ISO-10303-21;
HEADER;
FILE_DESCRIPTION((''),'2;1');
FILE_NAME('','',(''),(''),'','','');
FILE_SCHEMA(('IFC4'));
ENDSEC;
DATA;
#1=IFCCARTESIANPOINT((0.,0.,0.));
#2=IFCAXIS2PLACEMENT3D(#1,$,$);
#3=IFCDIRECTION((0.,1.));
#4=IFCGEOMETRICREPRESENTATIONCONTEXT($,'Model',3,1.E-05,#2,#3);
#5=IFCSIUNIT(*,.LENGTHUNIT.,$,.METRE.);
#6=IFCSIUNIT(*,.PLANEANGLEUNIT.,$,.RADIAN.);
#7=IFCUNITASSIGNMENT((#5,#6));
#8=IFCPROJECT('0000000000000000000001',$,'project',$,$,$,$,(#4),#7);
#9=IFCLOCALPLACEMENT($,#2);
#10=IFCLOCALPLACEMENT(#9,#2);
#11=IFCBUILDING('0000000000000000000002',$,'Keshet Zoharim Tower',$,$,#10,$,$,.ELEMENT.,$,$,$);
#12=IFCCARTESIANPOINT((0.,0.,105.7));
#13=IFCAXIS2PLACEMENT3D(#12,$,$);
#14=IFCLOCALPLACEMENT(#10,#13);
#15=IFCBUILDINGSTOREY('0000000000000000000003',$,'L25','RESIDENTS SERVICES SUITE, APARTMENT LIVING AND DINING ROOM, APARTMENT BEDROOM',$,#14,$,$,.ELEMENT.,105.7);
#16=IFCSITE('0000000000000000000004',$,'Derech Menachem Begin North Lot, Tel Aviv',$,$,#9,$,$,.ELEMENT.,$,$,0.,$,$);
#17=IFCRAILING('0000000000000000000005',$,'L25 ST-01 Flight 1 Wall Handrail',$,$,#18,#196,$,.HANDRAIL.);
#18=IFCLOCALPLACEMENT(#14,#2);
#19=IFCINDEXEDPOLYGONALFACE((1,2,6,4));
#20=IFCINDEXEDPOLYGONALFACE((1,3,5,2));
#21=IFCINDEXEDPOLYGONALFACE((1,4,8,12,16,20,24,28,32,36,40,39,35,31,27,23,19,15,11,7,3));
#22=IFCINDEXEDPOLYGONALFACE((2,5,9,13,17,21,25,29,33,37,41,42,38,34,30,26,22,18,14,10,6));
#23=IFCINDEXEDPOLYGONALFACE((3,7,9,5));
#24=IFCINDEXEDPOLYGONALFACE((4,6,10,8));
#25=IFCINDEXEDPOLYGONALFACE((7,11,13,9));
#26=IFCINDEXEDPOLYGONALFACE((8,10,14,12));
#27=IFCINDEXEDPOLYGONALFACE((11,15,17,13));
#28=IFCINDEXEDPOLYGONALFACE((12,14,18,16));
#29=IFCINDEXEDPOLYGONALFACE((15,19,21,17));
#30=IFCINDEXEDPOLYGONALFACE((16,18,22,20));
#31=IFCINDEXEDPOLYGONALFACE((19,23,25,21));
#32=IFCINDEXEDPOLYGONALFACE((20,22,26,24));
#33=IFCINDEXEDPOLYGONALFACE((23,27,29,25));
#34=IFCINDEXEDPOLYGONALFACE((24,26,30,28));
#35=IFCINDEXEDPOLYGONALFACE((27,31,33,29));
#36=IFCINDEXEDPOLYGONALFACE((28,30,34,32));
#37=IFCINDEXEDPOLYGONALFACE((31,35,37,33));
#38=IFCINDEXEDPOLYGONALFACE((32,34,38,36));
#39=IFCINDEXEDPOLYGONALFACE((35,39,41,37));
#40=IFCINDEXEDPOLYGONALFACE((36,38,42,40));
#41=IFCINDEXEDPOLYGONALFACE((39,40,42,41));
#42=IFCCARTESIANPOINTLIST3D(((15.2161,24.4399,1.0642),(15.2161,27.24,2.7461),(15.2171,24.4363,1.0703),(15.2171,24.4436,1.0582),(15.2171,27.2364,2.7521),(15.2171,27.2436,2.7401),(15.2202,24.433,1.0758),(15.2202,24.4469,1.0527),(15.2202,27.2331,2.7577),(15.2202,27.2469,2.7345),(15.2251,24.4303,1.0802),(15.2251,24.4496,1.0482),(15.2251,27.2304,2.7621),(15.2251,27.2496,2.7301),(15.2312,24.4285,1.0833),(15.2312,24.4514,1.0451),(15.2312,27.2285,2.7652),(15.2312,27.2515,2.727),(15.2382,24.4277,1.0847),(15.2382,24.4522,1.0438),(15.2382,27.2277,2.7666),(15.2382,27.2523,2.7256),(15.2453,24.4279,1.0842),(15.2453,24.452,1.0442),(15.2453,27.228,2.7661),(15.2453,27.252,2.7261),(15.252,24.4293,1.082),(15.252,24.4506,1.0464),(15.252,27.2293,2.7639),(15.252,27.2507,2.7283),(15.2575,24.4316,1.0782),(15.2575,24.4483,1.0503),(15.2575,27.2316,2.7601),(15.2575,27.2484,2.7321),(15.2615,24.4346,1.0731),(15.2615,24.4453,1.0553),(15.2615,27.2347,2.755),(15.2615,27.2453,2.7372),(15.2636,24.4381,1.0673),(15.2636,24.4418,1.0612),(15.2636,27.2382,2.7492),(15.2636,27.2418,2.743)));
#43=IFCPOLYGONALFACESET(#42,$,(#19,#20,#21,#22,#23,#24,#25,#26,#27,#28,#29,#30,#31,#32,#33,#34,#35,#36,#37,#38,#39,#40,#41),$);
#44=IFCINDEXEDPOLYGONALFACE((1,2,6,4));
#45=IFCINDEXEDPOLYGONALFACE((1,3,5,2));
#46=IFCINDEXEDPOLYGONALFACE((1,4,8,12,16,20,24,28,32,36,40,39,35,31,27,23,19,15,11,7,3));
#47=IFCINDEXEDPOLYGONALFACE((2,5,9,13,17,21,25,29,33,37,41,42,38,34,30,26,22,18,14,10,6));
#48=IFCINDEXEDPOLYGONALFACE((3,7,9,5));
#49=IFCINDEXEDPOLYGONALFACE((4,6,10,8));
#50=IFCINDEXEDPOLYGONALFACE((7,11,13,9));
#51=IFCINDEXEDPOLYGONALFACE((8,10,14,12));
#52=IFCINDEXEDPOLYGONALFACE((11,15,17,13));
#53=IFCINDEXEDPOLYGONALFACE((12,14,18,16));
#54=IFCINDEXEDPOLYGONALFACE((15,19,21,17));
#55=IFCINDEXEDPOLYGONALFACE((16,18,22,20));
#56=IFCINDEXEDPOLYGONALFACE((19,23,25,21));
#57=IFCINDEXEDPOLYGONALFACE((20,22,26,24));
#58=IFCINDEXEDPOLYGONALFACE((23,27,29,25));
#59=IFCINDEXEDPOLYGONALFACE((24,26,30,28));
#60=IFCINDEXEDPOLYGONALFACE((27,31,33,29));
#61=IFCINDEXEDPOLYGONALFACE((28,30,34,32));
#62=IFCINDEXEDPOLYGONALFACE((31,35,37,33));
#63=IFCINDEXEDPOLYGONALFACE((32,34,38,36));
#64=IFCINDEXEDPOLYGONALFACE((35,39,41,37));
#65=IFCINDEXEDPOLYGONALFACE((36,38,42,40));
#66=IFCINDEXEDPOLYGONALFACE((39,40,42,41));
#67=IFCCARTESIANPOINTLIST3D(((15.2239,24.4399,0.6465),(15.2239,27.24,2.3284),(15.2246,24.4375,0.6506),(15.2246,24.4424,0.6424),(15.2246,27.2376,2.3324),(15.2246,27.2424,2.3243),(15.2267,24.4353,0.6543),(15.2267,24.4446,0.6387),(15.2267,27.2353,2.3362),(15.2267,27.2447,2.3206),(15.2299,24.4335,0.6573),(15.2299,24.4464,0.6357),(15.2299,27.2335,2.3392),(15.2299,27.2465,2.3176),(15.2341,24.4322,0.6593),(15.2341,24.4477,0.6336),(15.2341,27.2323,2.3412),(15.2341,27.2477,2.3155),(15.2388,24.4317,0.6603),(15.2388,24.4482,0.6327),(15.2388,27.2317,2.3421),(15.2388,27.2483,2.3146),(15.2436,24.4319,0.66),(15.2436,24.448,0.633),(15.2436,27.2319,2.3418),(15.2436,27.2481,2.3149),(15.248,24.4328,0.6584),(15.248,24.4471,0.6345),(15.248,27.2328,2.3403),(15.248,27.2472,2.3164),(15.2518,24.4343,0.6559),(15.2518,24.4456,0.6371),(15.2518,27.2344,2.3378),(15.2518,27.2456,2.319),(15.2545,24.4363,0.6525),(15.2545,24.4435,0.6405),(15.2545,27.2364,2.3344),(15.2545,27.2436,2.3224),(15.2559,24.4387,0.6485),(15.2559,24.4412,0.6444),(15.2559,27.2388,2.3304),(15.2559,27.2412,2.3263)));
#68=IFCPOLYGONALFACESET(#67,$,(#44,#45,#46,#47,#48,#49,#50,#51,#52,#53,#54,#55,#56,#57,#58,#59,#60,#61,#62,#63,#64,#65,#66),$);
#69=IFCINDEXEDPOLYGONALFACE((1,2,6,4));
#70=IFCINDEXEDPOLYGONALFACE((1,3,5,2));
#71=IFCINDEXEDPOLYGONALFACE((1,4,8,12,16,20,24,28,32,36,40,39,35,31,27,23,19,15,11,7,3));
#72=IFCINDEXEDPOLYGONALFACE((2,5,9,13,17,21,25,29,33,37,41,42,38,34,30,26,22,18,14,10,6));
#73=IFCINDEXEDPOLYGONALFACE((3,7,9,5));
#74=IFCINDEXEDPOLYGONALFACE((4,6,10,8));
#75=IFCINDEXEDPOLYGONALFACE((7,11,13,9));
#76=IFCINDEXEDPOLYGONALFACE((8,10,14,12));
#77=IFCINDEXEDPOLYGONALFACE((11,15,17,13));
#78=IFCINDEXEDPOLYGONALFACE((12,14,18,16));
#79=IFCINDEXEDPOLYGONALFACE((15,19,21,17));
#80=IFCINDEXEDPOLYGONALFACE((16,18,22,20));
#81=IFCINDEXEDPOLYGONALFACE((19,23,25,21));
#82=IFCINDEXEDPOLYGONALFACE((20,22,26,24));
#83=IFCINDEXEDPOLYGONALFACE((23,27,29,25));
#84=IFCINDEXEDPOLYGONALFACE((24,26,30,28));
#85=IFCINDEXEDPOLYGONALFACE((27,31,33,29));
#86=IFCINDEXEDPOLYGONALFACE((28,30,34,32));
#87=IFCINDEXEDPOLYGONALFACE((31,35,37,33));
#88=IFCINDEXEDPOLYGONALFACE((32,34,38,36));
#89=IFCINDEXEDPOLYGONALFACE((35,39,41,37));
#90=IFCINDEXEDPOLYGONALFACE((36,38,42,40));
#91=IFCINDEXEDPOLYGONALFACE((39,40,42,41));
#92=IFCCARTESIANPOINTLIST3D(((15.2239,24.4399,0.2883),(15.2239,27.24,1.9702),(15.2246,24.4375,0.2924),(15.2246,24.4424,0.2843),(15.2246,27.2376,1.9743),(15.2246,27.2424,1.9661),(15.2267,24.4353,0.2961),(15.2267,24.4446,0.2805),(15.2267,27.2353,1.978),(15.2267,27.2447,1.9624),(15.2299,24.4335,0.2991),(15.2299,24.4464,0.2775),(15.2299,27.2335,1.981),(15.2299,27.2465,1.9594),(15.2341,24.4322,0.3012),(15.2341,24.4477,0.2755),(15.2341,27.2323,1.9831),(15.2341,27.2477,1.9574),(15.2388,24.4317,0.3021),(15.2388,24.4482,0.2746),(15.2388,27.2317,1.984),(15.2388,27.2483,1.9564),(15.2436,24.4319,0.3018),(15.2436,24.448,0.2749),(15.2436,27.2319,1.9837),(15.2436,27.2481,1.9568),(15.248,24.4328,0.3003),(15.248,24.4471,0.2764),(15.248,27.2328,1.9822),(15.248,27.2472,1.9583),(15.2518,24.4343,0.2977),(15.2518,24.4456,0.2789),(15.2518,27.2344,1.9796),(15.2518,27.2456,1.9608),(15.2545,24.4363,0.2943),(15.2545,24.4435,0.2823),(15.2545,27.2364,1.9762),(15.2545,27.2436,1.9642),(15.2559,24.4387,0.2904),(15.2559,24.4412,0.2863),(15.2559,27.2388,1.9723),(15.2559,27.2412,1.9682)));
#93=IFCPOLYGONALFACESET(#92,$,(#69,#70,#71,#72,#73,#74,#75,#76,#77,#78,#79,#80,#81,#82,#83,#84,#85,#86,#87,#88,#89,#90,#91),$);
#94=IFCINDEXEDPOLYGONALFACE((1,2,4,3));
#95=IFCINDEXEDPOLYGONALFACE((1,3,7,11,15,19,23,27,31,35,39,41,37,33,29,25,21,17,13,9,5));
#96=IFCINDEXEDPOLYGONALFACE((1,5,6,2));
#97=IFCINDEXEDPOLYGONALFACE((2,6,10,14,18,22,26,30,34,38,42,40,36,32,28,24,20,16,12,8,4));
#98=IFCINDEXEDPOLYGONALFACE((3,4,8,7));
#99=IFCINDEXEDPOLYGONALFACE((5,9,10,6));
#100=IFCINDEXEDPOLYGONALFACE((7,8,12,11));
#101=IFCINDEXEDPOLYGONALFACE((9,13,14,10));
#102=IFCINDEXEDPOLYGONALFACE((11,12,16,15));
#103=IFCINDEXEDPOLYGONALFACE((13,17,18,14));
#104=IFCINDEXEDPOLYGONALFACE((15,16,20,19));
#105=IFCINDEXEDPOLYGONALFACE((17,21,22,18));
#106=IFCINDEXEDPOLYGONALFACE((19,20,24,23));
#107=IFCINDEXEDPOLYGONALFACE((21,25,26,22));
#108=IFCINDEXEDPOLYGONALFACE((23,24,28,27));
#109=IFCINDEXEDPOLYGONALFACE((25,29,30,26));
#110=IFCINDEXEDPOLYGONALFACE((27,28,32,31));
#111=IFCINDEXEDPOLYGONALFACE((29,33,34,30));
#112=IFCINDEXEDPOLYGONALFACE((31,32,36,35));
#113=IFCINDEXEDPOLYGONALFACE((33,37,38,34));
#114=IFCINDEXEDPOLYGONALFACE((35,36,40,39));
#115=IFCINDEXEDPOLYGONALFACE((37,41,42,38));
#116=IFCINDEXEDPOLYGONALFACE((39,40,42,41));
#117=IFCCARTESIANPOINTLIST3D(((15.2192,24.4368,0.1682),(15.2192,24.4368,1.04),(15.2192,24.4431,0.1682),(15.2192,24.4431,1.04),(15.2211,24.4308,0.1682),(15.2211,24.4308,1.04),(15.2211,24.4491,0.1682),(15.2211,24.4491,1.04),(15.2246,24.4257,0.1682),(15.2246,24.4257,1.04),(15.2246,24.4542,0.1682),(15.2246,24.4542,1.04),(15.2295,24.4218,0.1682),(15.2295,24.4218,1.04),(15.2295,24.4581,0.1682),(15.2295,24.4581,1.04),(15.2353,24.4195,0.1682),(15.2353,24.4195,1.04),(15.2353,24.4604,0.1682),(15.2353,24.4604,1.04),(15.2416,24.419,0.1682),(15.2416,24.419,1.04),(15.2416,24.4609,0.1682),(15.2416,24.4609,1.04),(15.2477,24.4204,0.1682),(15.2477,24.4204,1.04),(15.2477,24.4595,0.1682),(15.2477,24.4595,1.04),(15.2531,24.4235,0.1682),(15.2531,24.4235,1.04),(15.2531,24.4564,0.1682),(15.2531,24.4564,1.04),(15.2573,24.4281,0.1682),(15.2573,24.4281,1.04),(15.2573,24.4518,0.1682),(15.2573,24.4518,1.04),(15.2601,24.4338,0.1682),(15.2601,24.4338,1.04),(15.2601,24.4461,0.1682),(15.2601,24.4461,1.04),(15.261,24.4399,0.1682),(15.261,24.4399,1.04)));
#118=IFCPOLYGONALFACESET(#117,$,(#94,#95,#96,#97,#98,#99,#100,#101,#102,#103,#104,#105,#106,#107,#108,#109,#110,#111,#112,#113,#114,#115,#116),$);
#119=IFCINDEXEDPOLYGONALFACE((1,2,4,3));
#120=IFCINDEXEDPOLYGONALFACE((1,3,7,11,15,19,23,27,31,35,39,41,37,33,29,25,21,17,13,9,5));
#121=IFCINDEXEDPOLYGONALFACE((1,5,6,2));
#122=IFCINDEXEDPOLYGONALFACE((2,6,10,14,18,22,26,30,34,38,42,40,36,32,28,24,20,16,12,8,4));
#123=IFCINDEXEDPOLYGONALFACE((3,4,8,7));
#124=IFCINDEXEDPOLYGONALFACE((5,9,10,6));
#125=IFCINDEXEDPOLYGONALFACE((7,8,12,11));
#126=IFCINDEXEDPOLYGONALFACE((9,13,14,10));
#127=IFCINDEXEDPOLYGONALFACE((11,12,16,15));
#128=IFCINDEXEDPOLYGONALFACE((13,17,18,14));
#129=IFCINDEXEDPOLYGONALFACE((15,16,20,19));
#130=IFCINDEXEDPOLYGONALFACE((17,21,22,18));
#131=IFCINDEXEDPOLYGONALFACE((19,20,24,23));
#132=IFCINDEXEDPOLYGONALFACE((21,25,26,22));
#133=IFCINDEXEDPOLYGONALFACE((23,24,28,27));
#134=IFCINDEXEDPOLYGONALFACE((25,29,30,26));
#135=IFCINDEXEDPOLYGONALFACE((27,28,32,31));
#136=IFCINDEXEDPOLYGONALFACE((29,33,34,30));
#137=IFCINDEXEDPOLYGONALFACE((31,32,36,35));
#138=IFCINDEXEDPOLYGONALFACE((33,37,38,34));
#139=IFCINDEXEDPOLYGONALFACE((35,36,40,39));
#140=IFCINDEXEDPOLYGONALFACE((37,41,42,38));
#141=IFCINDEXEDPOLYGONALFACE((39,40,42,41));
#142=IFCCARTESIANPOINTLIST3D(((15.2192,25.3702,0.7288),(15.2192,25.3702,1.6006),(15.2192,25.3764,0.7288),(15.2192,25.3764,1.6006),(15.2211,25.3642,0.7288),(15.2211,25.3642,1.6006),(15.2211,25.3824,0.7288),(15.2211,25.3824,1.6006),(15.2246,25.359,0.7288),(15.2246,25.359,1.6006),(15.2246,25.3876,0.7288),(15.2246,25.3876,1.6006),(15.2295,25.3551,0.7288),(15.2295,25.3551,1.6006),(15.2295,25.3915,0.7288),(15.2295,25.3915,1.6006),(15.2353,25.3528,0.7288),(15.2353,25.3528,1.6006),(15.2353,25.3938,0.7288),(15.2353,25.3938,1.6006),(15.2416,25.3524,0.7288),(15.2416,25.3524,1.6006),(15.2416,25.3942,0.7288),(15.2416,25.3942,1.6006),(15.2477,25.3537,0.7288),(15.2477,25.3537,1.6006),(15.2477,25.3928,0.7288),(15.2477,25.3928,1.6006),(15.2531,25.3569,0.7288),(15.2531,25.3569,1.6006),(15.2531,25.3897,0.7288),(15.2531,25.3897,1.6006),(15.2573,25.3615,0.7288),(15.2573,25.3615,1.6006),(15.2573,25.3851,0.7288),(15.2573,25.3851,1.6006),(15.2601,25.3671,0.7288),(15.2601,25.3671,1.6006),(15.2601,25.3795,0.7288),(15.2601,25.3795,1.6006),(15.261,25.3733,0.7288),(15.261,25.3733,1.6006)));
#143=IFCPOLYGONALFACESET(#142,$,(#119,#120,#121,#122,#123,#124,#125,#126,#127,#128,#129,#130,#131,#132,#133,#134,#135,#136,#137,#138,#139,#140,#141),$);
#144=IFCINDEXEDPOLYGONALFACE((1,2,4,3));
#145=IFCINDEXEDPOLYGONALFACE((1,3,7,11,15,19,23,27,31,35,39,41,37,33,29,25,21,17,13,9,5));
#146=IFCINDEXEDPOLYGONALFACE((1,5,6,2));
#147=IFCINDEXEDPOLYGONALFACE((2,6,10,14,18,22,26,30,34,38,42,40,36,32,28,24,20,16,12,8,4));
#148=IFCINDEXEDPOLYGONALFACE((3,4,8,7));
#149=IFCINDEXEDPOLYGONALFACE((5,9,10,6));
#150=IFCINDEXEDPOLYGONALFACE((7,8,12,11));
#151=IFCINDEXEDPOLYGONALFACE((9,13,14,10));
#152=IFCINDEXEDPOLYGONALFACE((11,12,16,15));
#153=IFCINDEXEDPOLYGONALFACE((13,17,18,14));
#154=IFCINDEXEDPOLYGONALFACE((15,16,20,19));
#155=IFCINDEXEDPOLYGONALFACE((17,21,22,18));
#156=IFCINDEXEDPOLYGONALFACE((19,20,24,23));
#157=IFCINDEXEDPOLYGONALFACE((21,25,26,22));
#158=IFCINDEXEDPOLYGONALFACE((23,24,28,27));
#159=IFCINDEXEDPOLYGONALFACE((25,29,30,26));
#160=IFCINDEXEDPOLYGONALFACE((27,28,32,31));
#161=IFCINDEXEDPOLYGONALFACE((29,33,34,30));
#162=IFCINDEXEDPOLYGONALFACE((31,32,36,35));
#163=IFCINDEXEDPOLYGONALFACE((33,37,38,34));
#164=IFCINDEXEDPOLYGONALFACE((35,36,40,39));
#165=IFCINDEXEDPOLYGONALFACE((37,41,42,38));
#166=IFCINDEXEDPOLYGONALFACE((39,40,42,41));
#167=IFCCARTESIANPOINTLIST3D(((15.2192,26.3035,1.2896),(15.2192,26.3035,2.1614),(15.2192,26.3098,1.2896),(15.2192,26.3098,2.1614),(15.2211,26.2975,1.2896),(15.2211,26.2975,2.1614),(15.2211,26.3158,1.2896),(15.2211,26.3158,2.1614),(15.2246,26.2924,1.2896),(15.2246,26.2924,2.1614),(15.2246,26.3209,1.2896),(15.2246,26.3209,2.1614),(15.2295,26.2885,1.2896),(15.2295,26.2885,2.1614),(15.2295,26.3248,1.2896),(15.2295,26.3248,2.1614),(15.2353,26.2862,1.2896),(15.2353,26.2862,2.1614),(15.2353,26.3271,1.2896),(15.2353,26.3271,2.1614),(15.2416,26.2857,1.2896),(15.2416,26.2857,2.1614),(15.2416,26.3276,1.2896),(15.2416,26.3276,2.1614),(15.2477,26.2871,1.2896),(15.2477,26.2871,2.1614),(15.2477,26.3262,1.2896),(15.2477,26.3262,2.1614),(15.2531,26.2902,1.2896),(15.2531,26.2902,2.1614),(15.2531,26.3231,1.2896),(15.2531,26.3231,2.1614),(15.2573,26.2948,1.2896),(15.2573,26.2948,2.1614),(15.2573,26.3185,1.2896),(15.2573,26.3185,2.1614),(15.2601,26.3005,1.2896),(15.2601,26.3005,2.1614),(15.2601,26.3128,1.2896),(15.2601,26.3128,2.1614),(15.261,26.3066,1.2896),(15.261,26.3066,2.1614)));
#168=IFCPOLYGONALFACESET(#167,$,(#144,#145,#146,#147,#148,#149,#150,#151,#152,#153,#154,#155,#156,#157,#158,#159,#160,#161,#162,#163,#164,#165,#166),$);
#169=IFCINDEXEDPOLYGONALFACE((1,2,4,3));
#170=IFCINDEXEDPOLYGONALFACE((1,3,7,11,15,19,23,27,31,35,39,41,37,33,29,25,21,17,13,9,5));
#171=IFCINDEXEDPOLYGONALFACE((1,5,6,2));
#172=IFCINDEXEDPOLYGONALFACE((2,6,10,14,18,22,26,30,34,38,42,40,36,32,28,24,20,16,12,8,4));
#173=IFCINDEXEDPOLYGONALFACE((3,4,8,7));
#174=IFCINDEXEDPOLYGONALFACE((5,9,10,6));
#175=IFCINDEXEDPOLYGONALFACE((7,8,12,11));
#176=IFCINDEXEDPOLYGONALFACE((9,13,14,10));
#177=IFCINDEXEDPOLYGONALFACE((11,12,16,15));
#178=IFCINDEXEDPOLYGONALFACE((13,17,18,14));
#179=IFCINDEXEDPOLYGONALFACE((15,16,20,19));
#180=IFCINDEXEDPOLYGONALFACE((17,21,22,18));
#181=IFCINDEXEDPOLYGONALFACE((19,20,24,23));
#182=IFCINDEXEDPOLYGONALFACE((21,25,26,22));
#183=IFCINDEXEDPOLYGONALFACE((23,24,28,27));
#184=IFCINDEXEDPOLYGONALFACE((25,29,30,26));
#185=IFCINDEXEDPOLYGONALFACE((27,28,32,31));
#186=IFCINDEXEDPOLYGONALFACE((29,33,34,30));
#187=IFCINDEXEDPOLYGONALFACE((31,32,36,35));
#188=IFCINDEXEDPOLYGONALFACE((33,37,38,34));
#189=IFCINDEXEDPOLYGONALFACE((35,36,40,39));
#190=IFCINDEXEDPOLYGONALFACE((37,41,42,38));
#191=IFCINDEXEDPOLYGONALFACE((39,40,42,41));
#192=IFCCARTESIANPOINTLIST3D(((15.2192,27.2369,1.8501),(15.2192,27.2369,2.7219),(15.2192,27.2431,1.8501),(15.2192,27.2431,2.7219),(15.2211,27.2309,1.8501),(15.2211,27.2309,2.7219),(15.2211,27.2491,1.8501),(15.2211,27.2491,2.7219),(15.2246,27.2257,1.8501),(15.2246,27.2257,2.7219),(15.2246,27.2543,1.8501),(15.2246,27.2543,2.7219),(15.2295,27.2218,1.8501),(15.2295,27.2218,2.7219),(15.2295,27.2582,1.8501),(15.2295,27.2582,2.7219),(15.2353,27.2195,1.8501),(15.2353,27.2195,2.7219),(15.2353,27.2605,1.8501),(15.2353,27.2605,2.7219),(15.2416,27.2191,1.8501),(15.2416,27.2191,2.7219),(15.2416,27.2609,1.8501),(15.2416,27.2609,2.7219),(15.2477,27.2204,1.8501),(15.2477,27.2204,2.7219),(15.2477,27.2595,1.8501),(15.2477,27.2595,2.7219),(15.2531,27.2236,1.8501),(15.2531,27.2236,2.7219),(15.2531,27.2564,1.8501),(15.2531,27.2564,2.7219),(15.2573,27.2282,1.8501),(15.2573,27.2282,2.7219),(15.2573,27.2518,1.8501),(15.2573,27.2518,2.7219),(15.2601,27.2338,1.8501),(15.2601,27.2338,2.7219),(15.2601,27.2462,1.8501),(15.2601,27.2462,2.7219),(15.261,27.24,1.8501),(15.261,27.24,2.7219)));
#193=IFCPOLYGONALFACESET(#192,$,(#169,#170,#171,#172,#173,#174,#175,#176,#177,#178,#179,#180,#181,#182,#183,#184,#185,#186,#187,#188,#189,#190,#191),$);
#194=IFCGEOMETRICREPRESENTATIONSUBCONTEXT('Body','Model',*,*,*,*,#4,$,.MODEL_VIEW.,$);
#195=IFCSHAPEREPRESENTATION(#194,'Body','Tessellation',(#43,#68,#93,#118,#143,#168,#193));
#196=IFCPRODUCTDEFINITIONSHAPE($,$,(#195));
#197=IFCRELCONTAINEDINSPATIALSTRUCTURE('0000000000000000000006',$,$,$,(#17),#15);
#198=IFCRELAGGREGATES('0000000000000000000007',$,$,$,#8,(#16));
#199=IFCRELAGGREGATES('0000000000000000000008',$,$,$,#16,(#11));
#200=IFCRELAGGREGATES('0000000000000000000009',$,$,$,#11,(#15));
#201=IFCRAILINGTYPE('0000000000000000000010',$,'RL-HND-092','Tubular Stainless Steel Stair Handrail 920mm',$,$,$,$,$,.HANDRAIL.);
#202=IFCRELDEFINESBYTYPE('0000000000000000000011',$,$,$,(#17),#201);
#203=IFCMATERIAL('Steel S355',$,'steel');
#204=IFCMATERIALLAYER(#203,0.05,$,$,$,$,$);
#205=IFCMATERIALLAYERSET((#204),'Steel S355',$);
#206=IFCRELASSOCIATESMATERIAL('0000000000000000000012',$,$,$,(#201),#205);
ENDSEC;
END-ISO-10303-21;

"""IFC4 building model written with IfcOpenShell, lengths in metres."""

from ifc_helpers import new_model, si_unit, direction, frame, origin, origin_2d, place, context, subcontext, project, spatial, circle, extrude, material, layer, layer_set, type_object, element, save


model = new_model("IFC4")

# Units and contexts
model_context = context("Model", 3, precision=1e-05, world=origin(), true_north=direction((0.0, 1.0)))
body_context = subcontext(model_context, "Body", "Model", "MODEL_VIEW")
ifc_project = project(units=[si_unit("LENGTHUNIT", "METRE"), si_unit("PLANEANGLEUNIT", "RADIAN")], contexts=[model_context])

# Site, building, storey
site_placement = place(None, origin())
site = spatial("IfcSite", under=ifc_project, at=site_placement, Name="Derech Menachem Begin North Lot, Tel Aviv", CompositionType="ELEMENT", RefElevation=0.0)
building_placement = place(site_placement, origin())
building = spatial("IfcBuilding", under=site, at=building_placement, Name="Keshet Zoharim Tower", CompositionType="ELEMENT")
storey_placement = place(building_placement, frame((0.0, 0.0, 105.7)))
storey = spatial("IfcBuildingStorey", under=building, at=storey_placement, Name="L25", Description="RESIDENTS SERVICES SUITE, APARTMENT LIVING AND DINING ROOM, APARTMENT BEDROOM", CompositionType="ELEMENT", Elevation=105.7)

# Shared definitions
ifc_material_1 = material(Name="Steel S355", Category="steel")

# Railing
ifc_layer_1 = layer(ifc_material_1, 0.05)
ifc_layer_set_1 = layer_set([ifc_layer_1], Name="Steel S355")
railing_type_1 = type_object("IfcRailingType", Name="RL-HND-092", Description="Tubular Stainless Steel Stair Handrail 920mm", PredefinedType="HANDRAIL", material=ifc_layer_set_1)
railing_1_placement = place(storey_placement, frame((15.24, 24.4399, 0.1682)))
element("IfcRailing", 1, at=railing_1_placement, inside=storey, type_object=railing_type_1, Name="L25 ST-01 Flight 1 Wall Handrail", PredefinedType="HANDRAIL", context=body_context, shape_type="SweptSolid", body=[
    extrude(circle(Radius=0.0239, at=origin_2d()), frame((0.0, 0.0, 0.896), z_axis=(0.0, 0.857242, 0.514913), x_axis=(-1.0, 0.0, 0.0)), (0.0, 0.0, 1.0), 3.2664),
    extrude(circle(Radius=0.0161, at=origin_2d()), frame((0.0, 0.0, 0.4783), z_axis=(0.0, 0.857242, 0.514913), x_axis=(-1.0, 0.0, 0.0)), (0.0, 0.0, 1.0), 3.2664),
    extrude(circle(Radius=0.0161, at=origin_2d()), frame((0.0, 0.0, 0.1201), z_axis=(0.0, 0.857242, 0.514913), x_axis=(-1.0, 0.0, 0.0)), (0.0, 0.0, 1.0), 3.2664),
    extrude(circle(Radius=0.021, at=origin_2d()), origin(), (0.0, 0.0, 1.0), 0.8718),
    extrude(circle(Radius=0.021, at=origin_2d()), frame((0.0, 0.9333, 0.5605)), (0.0, 0.0, 1.0), 0.8718),
    extrude(circle(Radius=0.021, at=origin_2d()), frame((0.0, 1.8667, 1.1213)), (0.0, 0.0, 1.0), 0.8718),
    extrude(circle(Radius=0.021, at=origin_2d()), frame((0.0, 2.8, 1.6819)), (0.0, 0.0, 1.0), 0.8718),
])

save(model, "model.ifc")
